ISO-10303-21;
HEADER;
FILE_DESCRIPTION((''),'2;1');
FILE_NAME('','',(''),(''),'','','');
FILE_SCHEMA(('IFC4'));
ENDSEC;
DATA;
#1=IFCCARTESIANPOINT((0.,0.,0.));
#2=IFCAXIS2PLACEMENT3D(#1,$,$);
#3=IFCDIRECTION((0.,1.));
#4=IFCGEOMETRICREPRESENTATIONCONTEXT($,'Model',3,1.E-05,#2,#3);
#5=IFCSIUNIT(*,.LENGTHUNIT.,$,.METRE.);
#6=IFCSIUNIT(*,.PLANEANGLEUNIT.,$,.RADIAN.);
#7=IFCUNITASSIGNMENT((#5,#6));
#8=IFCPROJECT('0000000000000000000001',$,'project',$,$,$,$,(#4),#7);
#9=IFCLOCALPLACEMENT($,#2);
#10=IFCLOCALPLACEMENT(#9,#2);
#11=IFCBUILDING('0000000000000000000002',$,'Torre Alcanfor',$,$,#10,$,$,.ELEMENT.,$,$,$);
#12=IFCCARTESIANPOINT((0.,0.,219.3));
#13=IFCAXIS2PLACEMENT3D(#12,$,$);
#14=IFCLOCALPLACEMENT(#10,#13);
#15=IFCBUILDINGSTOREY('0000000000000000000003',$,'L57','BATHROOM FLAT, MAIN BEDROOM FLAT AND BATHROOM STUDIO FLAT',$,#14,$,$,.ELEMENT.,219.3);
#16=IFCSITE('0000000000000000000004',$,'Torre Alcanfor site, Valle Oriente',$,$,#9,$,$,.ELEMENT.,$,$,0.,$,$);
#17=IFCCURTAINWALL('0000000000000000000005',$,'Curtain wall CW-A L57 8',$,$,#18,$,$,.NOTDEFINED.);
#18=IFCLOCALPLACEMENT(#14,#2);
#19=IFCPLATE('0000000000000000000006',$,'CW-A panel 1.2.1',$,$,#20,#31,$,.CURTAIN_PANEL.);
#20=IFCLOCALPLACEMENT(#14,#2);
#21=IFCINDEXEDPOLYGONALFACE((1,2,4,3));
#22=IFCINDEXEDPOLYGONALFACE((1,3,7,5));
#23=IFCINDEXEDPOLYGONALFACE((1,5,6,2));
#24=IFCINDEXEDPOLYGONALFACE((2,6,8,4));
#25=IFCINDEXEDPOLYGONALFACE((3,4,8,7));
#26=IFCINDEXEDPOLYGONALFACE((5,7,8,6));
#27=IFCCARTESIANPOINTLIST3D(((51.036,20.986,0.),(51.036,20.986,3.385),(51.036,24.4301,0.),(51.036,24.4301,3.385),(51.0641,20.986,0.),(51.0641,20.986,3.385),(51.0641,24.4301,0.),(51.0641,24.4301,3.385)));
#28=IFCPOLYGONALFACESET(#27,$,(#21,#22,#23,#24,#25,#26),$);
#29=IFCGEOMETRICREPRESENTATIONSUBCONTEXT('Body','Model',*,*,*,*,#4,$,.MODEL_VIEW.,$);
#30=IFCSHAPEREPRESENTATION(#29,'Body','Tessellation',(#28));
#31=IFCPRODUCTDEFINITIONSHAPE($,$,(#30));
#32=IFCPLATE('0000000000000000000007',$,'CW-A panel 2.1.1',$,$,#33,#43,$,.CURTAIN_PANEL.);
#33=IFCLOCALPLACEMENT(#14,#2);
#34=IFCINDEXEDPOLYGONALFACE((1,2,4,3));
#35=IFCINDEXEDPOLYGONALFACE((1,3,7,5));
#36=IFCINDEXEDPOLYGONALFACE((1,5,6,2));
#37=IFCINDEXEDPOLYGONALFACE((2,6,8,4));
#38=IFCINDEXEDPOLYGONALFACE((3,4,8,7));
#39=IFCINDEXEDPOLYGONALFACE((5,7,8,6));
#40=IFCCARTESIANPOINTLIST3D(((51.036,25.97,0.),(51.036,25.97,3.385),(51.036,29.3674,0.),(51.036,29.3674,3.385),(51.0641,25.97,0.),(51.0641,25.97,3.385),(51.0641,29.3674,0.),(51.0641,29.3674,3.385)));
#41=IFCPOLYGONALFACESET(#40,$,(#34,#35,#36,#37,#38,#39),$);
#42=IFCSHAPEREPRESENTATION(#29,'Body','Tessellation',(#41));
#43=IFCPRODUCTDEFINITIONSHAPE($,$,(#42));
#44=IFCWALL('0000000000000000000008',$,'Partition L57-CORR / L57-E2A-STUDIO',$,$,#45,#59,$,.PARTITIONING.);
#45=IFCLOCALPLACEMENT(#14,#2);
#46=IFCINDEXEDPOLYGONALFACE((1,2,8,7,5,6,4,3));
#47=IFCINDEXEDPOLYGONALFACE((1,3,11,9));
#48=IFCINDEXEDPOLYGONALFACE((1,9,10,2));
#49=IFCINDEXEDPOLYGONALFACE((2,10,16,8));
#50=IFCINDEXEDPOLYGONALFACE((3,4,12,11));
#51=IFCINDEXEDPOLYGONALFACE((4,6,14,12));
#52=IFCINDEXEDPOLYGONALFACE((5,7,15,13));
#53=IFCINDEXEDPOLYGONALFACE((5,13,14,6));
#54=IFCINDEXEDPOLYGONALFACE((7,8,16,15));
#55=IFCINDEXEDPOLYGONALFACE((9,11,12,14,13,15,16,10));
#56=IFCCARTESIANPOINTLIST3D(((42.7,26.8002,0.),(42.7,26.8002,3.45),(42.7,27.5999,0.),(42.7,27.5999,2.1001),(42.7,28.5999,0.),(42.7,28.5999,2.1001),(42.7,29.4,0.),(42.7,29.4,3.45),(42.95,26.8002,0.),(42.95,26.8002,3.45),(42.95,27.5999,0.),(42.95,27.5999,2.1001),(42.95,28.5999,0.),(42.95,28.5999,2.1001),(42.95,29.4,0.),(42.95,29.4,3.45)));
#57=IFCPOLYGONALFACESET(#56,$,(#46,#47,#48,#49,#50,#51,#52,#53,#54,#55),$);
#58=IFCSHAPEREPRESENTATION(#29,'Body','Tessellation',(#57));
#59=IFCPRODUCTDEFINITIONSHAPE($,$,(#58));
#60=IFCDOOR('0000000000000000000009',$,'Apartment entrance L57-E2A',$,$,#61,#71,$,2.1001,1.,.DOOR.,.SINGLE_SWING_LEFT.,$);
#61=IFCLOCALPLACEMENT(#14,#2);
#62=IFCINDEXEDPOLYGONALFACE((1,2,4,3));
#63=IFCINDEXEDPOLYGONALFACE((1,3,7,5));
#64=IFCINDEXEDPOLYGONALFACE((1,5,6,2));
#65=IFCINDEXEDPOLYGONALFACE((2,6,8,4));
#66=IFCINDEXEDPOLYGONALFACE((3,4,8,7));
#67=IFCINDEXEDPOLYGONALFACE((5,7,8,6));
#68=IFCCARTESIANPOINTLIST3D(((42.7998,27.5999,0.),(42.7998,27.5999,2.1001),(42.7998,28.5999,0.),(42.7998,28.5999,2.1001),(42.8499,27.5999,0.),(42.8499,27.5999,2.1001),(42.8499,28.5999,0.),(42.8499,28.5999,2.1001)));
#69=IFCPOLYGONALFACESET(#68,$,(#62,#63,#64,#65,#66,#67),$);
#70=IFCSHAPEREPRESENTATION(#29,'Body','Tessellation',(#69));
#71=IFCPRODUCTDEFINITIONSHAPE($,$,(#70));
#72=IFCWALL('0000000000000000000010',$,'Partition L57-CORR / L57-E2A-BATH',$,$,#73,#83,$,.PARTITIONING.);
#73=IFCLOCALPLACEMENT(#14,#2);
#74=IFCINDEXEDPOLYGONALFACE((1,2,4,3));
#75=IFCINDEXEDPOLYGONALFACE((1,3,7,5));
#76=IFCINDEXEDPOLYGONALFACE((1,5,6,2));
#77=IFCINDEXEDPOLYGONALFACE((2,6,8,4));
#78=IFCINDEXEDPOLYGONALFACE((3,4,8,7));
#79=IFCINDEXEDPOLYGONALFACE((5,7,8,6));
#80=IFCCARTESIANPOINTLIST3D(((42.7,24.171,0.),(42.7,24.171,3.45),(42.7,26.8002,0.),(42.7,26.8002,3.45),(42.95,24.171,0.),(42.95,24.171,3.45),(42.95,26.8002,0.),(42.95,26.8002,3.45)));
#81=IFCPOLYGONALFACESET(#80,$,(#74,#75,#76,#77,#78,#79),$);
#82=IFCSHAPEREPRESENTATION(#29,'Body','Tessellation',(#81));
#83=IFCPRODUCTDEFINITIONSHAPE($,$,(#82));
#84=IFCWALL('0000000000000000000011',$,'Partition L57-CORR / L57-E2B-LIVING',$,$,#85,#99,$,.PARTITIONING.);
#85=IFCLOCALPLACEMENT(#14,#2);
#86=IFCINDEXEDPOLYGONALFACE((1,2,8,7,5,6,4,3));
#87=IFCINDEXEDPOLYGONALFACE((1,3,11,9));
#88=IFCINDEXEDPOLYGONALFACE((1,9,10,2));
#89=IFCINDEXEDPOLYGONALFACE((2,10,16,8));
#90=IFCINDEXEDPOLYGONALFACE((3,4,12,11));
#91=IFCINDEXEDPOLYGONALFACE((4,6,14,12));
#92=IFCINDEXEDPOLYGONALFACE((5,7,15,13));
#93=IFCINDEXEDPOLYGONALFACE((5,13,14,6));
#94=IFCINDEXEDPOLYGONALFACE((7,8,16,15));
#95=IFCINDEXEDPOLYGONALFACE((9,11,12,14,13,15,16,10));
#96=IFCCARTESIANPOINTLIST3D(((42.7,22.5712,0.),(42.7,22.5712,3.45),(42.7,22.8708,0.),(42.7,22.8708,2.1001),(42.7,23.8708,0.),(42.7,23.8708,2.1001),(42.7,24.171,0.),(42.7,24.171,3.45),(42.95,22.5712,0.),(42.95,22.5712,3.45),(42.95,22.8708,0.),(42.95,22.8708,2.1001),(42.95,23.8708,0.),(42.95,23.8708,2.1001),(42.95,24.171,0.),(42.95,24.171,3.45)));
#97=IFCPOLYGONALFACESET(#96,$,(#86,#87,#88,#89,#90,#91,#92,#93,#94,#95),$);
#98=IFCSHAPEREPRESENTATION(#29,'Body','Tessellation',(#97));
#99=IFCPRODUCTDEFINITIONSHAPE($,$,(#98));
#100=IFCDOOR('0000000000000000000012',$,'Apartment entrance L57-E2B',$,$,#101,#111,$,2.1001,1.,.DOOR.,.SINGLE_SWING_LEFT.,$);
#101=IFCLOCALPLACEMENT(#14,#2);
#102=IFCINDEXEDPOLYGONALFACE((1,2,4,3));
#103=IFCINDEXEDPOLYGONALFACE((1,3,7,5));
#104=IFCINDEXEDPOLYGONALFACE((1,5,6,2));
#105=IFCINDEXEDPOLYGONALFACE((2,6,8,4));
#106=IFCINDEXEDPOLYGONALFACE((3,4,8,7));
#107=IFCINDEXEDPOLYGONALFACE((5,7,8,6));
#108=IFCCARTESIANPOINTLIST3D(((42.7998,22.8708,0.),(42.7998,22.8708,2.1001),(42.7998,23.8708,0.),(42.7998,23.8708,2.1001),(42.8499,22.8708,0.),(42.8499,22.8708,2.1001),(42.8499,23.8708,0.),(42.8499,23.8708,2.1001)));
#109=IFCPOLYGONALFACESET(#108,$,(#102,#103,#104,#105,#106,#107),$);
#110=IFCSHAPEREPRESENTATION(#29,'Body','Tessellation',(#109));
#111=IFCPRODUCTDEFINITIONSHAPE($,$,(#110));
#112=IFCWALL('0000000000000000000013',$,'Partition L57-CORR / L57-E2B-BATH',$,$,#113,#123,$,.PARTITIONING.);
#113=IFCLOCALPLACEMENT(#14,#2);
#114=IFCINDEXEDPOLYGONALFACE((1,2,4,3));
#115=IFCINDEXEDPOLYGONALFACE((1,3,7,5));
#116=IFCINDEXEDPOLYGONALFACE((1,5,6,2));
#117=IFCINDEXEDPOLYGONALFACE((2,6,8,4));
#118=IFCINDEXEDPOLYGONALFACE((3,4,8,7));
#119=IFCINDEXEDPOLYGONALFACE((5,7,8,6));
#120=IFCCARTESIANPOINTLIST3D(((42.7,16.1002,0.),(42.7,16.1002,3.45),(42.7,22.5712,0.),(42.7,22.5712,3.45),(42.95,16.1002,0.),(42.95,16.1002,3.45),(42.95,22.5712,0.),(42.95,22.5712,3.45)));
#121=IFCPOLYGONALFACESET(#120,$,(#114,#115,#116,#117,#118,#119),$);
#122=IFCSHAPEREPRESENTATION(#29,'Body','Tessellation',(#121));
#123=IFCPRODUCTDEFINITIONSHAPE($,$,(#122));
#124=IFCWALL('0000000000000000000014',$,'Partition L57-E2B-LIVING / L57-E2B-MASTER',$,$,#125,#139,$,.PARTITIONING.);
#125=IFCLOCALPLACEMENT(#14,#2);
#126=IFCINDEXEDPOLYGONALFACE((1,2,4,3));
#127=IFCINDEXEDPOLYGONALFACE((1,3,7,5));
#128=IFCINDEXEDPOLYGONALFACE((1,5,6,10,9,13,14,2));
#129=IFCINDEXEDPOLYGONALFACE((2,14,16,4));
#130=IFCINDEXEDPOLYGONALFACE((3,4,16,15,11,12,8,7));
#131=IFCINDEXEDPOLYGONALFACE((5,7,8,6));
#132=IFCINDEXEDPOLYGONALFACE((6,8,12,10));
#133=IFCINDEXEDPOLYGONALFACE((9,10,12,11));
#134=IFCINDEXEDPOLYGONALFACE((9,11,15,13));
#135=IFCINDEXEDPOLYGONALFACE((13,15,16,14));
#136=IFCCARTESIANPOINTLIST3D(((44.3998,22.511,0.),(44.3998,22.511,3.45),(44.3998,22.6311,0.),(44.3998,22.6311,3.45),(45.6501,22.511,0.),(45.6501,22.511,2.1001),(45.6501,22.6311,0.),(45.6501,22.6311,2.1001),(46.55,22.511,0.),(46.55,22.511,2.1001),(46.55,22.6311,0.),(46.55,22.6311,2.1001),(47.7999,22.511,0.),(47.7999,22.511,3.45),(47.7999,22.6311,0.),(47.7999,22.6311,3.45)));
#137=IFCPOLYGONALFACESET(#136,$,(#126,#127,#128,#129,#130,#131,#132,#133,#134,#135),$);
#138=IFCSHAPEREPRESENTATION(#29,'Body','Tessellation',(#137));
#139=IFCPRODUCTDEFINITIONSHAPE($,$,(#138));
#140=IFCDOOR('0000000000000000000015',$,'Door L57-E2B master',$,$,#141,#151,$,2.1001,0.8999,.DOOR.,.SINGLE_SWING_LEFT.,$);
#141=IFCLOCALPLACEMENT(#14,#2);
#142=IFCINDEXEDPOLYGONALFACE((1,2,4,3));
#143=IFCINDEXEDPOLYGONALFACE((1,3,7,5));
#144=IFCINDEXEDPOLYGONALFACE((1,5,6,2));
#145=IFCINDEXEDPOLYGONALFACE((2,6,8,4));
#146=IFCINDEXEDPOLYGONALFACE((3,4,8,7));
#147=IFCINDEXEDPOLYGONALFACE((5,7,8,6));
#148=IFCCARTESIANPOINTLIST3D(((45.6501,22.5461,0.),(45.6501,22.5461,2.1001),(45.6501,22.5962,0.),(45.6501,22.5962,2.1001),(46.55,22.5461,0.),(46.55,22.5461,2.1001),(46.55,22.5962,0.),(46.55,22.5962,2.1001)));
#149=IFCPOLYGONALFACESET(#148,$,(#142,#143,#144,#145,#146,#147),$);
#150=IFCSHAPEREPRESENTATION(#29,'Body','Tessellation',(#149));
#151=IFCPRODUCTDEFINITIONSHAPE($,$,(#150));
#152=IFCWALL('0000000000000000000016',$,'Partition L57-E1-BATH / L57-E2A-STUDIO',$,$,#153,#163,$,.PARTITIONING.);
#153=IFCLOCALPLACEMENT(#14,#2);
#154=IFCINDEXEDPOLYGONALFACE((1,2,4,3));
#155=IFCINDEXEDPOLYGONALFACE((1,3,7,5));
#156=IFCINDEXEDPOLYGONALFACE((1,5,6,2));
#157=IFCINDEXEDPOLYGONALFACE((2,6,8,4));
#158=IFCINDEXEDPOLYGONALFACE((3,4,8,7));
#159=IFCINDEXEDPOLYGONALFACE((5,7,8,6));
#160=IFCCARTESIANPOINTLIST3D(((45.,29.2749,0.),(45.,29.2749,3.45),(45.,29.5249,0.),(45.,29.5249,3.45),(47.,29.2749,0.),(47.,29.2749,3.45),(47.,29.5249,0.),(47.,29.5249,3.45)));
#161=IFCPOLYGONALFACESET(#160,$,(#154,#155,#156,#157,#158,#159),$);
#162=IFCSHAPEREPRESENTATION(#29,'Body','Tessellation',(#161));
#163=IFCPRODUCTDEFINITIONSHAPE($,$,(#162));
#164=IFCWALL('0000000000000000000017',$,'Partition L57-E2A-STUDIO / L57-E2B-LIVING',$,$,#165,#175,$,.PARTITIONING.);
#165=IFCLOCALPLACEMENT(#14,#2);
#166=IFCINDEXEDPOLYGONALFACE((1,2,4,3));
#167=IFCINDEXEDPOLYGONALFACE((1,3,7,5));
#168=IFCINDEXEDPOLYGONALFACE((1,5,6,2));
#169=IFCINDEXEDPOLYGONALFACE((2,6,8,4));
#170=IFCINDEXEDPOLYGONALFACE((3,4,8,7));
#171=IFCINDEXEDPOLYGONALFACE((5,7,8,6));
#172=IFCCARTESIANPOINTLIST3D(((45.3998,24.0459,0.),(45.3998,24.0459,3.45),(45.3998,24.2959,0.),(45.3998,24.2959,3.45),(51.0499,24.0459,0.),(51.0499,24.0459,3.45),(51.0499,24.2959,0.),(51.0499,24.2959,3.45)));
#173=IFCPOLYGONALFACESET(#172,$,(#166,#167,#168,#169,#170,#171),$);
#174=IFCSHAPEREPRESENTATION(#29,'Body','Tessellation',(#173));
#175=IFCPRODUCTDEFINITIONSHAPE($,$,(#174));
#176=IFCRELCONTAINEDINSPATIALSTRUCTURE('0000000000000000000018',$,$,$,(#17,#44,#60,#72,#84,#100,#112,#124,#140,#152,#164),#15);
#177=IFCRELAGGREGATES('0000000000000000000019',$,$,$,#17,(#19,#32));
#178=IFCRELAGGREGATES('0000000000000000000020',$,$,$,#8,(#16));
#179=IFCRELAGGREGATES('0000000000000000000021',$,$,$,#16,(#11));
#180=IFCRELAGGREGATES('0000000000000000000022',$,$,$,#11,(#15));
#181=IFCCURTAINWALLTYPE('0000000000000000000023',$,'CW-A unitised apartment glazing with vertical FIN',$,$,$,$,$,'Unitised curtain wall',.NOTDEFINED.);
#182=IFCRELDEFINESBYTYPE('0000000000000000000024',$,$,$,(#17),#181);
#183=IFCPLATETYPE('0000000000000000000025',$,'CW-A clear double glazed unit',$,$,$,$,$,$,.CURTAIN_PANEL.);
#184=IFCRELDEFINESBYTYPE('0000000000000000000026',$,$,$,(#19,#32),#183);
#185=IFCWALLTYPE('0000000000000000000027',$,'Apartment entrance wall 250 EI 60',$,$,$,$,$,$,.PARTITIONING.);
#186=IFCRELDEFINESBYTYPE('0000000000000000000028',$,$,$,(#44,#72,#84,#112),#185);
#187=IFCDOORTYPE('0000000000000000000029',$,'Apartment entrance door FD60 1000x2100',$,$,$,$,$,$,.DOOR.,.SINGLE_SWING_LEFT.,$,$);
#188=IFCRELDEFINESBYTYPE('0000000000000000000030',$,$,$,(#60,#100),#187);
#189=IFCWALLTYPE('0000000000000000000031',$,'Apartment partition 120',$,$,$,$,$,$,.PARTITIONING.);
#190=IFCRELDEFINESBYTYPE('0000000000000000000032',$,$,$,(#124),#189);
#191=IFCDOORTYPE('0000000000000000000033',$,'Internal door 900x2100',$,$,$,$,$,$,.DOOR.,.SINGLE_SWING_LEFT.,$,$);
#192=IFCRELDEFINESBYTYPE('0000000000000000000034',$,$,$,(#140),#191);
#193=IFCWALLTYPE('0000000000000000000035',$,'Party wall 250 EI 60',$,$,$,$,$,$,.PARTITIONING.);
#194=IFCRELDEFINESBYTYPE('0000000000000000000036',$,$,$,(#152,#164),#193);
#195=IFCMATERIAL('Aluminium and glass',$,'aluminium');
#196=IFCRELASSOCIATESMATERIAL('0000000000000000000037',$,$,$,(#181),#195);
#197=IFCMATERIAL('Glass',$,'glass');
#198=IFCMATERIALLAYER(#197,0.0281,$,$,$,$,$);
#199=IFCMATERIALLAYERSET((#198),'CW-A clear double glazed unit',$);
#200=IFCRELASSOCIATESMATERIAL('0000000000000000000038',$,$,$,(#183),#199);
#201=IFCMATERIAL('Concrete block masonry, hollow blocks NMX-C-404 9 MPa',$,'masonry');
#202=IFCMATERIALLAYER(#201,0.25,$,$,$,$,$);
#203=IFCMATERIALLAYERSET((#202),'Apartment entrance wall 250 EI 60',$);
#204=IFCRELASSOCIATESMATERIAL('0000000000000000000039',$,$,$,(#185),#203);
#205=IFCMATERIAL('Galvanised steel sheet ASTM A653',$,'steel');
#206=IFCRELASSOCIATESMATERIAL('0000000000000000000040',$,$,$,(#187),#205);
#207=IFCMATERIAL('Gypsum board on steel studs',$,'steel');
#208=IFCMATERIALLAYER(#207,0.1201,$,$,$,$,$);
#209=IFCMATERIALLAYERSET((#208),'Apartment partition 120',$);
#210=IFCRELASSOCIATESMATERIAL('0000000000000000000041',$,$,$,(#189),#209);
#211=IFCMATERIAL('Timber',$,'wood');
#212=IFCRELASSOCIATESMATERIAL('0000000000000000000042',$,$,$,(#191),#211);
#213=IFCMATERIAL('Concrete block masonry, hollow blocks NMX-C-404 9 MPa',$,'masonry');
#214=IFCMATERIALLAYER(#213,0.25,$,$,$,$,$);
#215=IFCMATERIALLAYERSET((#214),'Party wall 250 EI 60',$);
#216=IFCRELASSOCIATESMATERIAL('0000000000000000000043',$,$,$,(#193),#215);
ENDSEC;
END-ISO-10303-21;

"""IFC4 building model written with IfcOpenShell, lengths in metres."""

from ifc_helpers import new_model, si_unit, direction, frame, frame_2d, origin, origin_2d, place, context, subcontext, project, spatial, rectangle, extrude, material, layer, layer_set, type_object, element, fill, aggregate, save


model = new_model("IFC4")

# Units and contexts
model_context = context("Model", 3, precision=1e-05, world=origin(), true_north=direction((0.0, 1.0)))
body_context = subcontext(model_context, "Body", "Model", "MODEL_VIEW")
ifc_project = project(units=[si_unit("LENGTHUNIT", "METRE"), si_unit("PLANEANGLEUNIT", "RADIAN")], contexts=[model_context])

# Site, building, storey
site_placement = place(None, origin())
site = spatial("IfcSite", under=ifc_project, at=site_placement, Name="Torre Alcanfor site, Valle Oriente", CompositionType="ELEMENT", RefElevation=0.0)
building_placement = place(site_placement, origin())
building = spatial("IfcBuilding", under=site, at=building_placement, Name="Torre Alcanfor", CompositionType="ELEMENT")
storey_placement = place(building_placement, frame((0.0, 0.0, 219.3)))
storey = spatial("IfcBuildingStorey", under=building, at=storey_placement, Name="L57", Description="BATHROOM FLAT, MAIN BEDROOM FLAT AND BATHROOM STUDIO FLAT", CompositionType="ELEMENT", Elevation=219.3)

# Curtain wall
ifc_material_1 = material(Name="Aluminium and glass", Category="aluminium")
curtain_wall_type = type_object("IfcCurtainWallType", Name="CW-A unitised apartment glazing with vertical FIN", ElementType="Unitised curtain wall", PredefinedType="NOTDEFINED", material=ifc_material_1)
curtain_wall_placement = place(storey_placement, origin())
curtain_wall = element("IfcCurtainWall", 1, at=curtain_wall_placement, inside=storey, type_object=curtain_wall_type, Name="Curtain wall CW-A L57 8", PredefinedType="NOTDEFINED")

# Plates
ifc_material_2 = material(Name="Glass", Category="glass")
ifc_layer_1 = layer(ifc_material_2, 0.0281)
ifc_layer_set_1 = layer_set([ifc_layer_1], Name="CW-A clear double glazed unit")
plate_type = type_object("IfcPlateType", Name="CW-A clear double glazed unit", PredefinedType="CURTAIN_PANEL", material=ifc_layer_set_1)
plate_1_placement = place(storey_placement, frame((51.05, 22.708, 0.0), z_axis=(0.0, 0.0, 1.0), x_axis=(0.0, 1.0, 0.0)))
plate_1 = element("IfcPlate", 2, at=plate_1_placement, type_object=plate_type, Name="CW-A panel 1.2.1", PredefinedType="CURTAIN_PANEL", context=body_context, shape_type="SweptSolid", body=[
    extrude(rectangle(XDim=3.4441, YDim=0.0281, at=origin_2d()), origin(), (0.0, 0.0, 1.0), 3.385),
])
plate_2_placement = place(storey_placement, frame((51.05, 27.6687, 0.0), z_axis=(0.0, 0.0, 1.0), x_axis=(0.0, 1.0, 0.0)))
plate_2 = element("IfcPlate", 3, at=plate_2_placement, type_object=plate_type, Name="CW-A panel 2.1.1", PredefinedType="CURTAIN_PANEL", context=body_context, shape_type="SweptSolid", body=[
    extrude(rectangle(XDim=3.3975, YDim=0.0281, at=origin_2d()), origin(), (0.0, 0.0, 1.0), 3.385),
])
aggregate(curtain_wall, [plate_1, plate_2])

# Wall, opening, door
ifc_material_3 = material(Name="Concrete block masonry, hollow blocks NMX-C-404 9 MPa", Category="masonry")
ifc_layer_2 = layer(ifc_material_3, 0.25)
ifc_layer_set_2 = layer_set([ifc_layer_2], Name="Apartment entrance wall 250 EI 60")
wall_type_1 = type_object("IfcWallType", Name="Apartment entrance wall 250 EI 60", PredefinedType="PARTITIONING", material=ifc_layer_set_2)
wall_1_placement = place(storey_placement, frame((42.825, 29.3999, 0.0), z_axis=(0.0, 0.0, 1.0), x_axis=(0.0, -1.0, 0.0)))
wall_1 = element("IfcWall", 4, at=wall_1_placement, inside=storey, type_object=wall_type_1, Name="Partition L57-CORR / L57-E2A-STUDIO", PredefinedType="PARTITIONING", context=body_context, shape_type="SweptSolid", body=[
    extrude(rectangle(XDim=2.5999, YDim=0.25, at=frame_2d((1.2998, 0.0))), origin(), (0.0, 0.0, 1.0), 3.45),
])
opening_1_placement = place(wall_1_placement, frame((0.8, 0.0, 0.0)))
opening_1 = element("IfcOpeningElement", 5, at=opening_1_placement, cuts=wall_1, PredefinedType="OPENING", context=body_context, shape_type="SweptSolid", body=[
    extrude(rectangle(XDim=1.0, YDim=2.1001, at=frame_2d((0.5, 1.05))), frame((0.0, 0.135, 0.0), z_axis=(0.0, -1.0, 0.0), x_axis=(1.0, 0.0, 0.0)), (0.0, 0.0, 1.0), 0.27),
])
ifc_material_4 = material(Name="Galvanised steel sheet ASTM A653", Category="steel")
door_type_1 = type_object("IfcDoorType", Name="Apartment entrance door FD60 1000x2100", OperationType="SINGLE_SWING_LEFT", PredefinedType="DOOR", material=ifc_material_4)
door_1_placement = place(opening_1_placement, origin())
door_1 = element("IfcDoor", 6, at=door_1_placement, inside=storey, type_object=door_type_1, Name="Apartment entrance L57-E2A", OperationType="SINGLE_SWING_LEFT", OverallHeight=2.1001, OverallWidth=1.0, PredefinedType="DOOR", context=body_context, shape_type="SweptSolid", body=[
    extrude(rectangle(XDim=1.0, YDim=2.1001, at=frame_2d((0.5, 1.05))), frame((0.0, 0.0249, 0.0), z_axis=(0.0, -1.0, 0.0), x_axis=(1.0, 0.0, 0.0)), (0.0, 0.0, 1.0), 0.05),
])
fill(opening_1, door_1)

# Wall
wall_2_placement = place(storey_placement, frame((42.825, 26.8, 0.0), z_axis=(0.0, 0.0, 1.0), x_axis=(0.0, -1.0, 0.0)))
element("IfcWall", 7, at=wall_2_placement, inside=storey, type_object=wall_type_1, Name="Partition L57-CORR / L57-E2A-BATH", PredefinedType="PARTITIONING", context=body_context, shape_type="SweptSolid", body=[
    extrude(rectangle(XDim=2.6292, YDim=0.25, at=frame_2d((1.3145, 0.0))), origin(), (0.0, 0.0, 1.0), 3.45),
])

# Wall, opening, door
wall_3_placement = place(storey_placement, frame((42.825, 24.1709, 0.0), z_axis=(0.0, 0.0, 1.0), x_axis=(0.0, -1.0, 0.0)))
wall_3 = element("IfcWall", 8, at=wall_3_placement, inside=storey, type_object=wall_type_1, Name="Partition L57-CORR / L57-E2B-LIVING", PredefinedType="PARTITIONING", context=body_context, shape_type="SweptSolid", body=[
    extrude(rectangle(XDim=1.5999, YDim=0.25, at=frame_2d((0.7998, 0.0))), origin(), (0.0, 0.0, 1.0), 3.45),
])
opening_2_placement = place(wall_3_placement, frame((0.3, 0.0, 0.0)))
opening_2 = element("IfcOpeningElement", 9, at=opening_2_placement, cuts=wall_3, PredefinedType="OPENING", context=body_context, shape_type="SweptSolid", body=[
    extrude(rectangle(XDim=1.0, YDim=2.1001, at=frame_2d((0.5, 1.05))), frame((0.0, 0.135, 0.0), z_axis=(0.0, -1.0, 0.0), x_axis=(1.0, 0.0, 0.0)), (0.0, 0.0, 1.0), 0.27),
])
door_2_placement = place(opening_2_placement, origin())
door_2 = element("IfcDoor", 10, at=door_2_placement, inside=storey, type_object=door_type_1, Name="Apartment entrance L57-E2B", OperationType="SINGLE_SWING_LEFT", OverallHeight=2.1001, OverallWidth=1.0, PredefinedType="DOOR", context=body_context, shape_type="SweptSolid", body=[
    extrude(rectangle(XDim=1.0, YDim=2.1001, at=frame_2d((0.5, 1.05))), frame((0.0, 0.0249, 0.0), z_axis=(0.0, -1.0, 0.0), x_axis=(1.0, 0.0, 0.0)), (0.0, 0.0, 1.0), 0.05),
])
fill(opening_2, door_2)

# Wall
wall_4_placement = place(storey_placement, frame((42.825, 22.571, 0.0), z_axis=(0.0, 0.0, 1.0), x_axis=(0.0, -1.0, 0.0)))
element("IfcWall", 11, at=wall_4_placement, inside=storey, type_object=wall_type_1, Name="Partition L57-CORR / L57-E2B-BATH", PredefinedType="PARTITIONING", context=body_context, shape_type="SweptSolid", body=[
    extrude(rectangle(XDim=6.4709, YDim=0.25, at=frame_2d((3.2354, 0.0))), origin(), (0.0, 0.0, 1.0), 3.45),
])

# Wall, opening, door
ifc_material_5 = material(Name="Gypsum board on steel studs", Category="steel")
ifc_layer_3 = layer(ifc_material_5, 0.1201)
ifc_layer_set_3 = layer_set([ifc_layer_3], Name="Apartment partition 120")
wall_type_2 = type_object("IfcWallType", Name="Apartment partition 120", PredefinedType="PARTITIONING", material=ifc_layer_set_3)
wall_5_placement = place(storey_placement, frame((47.8, 22.571, 0.0), z_axis=(0.0, 0.0, 1.0), x_axis=(-1.0, 0.0, 0.0)))
wall_5 = element("IfcWall", 12, at=wall_5_placement, inside=storey, type_object=wall_type_2, Name="Partition L57-E2B-LIVING / L57-E2B-MASTER", PredefinedType="PARTITIONING", context=body_context, shape_type="SweptSolid", body=[
    extrude(rectangle(XDim=3.4001, YDim=0.1201, at=frame_2d((1.7002, 0.0))), origin(), (0.0, 0.0, 1.0), 3.45),
])
opening_3_placement = place(wall_5_placement, frame((1.25, 0.0, 0.0)))
opening_3 = element("IfcOpeningElement", 13, at=opening_3_placement, cuts=wall_5, PredefinedType="OPENING", context=body_context, shape_type="SweptSolid", body=[
    extrude(rectangle(XDim=0.8999, YDim=2.1001, at=frame_2d((0.45, 1.05))), frame((0.0, 0.0701, 0.0), z_axis=(0.0, -1.0, 0.0), x_axis=(1.0, 0.0, 0.0)), (0.0, 0.0, 1.0), 0.1401),
])
ifc_material_6 = material(Name="Timber", Category="wood")
door_type_2 = type_object("IfcDoorType", Name="Internal door 900x2100", OperationType="SINGLE_SWING_LEFT", PredefinedType="DOOR", material=ifc_material_6)
door_3_placement = place(opening_3_placement, origin())
door_3 = element("IfcDoor", 14, at=door_3_placement, inside=storey, type_object=door_type_2, Name="Door L57-E2B master", OperationType="SINGLE_SWING_LEFT", OverallHeight=2.1001, OverallWidth=0.8999, PredefinedType="DOOR", context=body_context, shape_type="SweptSolid", body=[
    extrude(rectangle(XDim=0.8999, YDim=2.1001, at=frame_2d((0.45, 1.05))), frame((0.0, 0.0249, 0.0), z_axis=(0.0, -1.0, 0.0), x_axis=(1.0, 0.0, 0.0)), (0.0, 0.0, 1.0), 0.05),
])
fill(opening_3, door_3)

# Walls
ifc_material_7 = material(Name="Concrete block masonry, hollow blocks NMX-C-404 9 MPa", Category="masonry")
ifc_layer_4 = layer(ifc_material_7, 0.25)
ifc_layer_set_4 = layer_set([ifc_layer_4], Name="Party wall 250 EI 60")
wall_type_3 = type_object("IfcWallType", Name="Party wall 250 EI 60", PredefinedType="PARTITIONING", material=ifc_layer_set_4)
wall_6_placement = place(storey_placement, frame((45.0, 29.3999, 0.0), z_axis=(0.0, 0.0, 1.0), x_axis=(1.0, 0.0, 0.0)))
element("IfcWall", 15, at=wall_6_placement, inside=storey, type_object=wall_type_3, Name="Partition L57-E1-BATH / L57-E2A-STUDIO", PredefinedType="PARTITIONING", context=body_context, shape_type="SweptSolid", body=[
    extrude(rectangle(XDim=2.0, YDim=0.25, at=frame_2d((1.0, 0.0))), origin(), (0.0, 0.0, 1.0), 3.45),
])
wall_7_placement = place(storey_placement, frame((51.05, 24.1709, 0.0), z_axis=(0.0, 0.0, 1.0), x_axis=(-1.0, 0.0, 0.0)))
element("IfcWall", 16, at=wall_7_placement, inside=storey, type_object=wall_type_3, Name="Partition L57-E2A-STUDIO / L57-E2B-LIVING", PredefinedType="PARTITIONING", context=body_context, shape_type="SweptSolid", body=[
    extrude(rectangle(XDim=5.6501, YDim=0.25, at=frame_2d((2.8252, 0.0))), origin(), (0.0, 0.0, 1.0), 3.45),
])

save(model, "model.ifc")
